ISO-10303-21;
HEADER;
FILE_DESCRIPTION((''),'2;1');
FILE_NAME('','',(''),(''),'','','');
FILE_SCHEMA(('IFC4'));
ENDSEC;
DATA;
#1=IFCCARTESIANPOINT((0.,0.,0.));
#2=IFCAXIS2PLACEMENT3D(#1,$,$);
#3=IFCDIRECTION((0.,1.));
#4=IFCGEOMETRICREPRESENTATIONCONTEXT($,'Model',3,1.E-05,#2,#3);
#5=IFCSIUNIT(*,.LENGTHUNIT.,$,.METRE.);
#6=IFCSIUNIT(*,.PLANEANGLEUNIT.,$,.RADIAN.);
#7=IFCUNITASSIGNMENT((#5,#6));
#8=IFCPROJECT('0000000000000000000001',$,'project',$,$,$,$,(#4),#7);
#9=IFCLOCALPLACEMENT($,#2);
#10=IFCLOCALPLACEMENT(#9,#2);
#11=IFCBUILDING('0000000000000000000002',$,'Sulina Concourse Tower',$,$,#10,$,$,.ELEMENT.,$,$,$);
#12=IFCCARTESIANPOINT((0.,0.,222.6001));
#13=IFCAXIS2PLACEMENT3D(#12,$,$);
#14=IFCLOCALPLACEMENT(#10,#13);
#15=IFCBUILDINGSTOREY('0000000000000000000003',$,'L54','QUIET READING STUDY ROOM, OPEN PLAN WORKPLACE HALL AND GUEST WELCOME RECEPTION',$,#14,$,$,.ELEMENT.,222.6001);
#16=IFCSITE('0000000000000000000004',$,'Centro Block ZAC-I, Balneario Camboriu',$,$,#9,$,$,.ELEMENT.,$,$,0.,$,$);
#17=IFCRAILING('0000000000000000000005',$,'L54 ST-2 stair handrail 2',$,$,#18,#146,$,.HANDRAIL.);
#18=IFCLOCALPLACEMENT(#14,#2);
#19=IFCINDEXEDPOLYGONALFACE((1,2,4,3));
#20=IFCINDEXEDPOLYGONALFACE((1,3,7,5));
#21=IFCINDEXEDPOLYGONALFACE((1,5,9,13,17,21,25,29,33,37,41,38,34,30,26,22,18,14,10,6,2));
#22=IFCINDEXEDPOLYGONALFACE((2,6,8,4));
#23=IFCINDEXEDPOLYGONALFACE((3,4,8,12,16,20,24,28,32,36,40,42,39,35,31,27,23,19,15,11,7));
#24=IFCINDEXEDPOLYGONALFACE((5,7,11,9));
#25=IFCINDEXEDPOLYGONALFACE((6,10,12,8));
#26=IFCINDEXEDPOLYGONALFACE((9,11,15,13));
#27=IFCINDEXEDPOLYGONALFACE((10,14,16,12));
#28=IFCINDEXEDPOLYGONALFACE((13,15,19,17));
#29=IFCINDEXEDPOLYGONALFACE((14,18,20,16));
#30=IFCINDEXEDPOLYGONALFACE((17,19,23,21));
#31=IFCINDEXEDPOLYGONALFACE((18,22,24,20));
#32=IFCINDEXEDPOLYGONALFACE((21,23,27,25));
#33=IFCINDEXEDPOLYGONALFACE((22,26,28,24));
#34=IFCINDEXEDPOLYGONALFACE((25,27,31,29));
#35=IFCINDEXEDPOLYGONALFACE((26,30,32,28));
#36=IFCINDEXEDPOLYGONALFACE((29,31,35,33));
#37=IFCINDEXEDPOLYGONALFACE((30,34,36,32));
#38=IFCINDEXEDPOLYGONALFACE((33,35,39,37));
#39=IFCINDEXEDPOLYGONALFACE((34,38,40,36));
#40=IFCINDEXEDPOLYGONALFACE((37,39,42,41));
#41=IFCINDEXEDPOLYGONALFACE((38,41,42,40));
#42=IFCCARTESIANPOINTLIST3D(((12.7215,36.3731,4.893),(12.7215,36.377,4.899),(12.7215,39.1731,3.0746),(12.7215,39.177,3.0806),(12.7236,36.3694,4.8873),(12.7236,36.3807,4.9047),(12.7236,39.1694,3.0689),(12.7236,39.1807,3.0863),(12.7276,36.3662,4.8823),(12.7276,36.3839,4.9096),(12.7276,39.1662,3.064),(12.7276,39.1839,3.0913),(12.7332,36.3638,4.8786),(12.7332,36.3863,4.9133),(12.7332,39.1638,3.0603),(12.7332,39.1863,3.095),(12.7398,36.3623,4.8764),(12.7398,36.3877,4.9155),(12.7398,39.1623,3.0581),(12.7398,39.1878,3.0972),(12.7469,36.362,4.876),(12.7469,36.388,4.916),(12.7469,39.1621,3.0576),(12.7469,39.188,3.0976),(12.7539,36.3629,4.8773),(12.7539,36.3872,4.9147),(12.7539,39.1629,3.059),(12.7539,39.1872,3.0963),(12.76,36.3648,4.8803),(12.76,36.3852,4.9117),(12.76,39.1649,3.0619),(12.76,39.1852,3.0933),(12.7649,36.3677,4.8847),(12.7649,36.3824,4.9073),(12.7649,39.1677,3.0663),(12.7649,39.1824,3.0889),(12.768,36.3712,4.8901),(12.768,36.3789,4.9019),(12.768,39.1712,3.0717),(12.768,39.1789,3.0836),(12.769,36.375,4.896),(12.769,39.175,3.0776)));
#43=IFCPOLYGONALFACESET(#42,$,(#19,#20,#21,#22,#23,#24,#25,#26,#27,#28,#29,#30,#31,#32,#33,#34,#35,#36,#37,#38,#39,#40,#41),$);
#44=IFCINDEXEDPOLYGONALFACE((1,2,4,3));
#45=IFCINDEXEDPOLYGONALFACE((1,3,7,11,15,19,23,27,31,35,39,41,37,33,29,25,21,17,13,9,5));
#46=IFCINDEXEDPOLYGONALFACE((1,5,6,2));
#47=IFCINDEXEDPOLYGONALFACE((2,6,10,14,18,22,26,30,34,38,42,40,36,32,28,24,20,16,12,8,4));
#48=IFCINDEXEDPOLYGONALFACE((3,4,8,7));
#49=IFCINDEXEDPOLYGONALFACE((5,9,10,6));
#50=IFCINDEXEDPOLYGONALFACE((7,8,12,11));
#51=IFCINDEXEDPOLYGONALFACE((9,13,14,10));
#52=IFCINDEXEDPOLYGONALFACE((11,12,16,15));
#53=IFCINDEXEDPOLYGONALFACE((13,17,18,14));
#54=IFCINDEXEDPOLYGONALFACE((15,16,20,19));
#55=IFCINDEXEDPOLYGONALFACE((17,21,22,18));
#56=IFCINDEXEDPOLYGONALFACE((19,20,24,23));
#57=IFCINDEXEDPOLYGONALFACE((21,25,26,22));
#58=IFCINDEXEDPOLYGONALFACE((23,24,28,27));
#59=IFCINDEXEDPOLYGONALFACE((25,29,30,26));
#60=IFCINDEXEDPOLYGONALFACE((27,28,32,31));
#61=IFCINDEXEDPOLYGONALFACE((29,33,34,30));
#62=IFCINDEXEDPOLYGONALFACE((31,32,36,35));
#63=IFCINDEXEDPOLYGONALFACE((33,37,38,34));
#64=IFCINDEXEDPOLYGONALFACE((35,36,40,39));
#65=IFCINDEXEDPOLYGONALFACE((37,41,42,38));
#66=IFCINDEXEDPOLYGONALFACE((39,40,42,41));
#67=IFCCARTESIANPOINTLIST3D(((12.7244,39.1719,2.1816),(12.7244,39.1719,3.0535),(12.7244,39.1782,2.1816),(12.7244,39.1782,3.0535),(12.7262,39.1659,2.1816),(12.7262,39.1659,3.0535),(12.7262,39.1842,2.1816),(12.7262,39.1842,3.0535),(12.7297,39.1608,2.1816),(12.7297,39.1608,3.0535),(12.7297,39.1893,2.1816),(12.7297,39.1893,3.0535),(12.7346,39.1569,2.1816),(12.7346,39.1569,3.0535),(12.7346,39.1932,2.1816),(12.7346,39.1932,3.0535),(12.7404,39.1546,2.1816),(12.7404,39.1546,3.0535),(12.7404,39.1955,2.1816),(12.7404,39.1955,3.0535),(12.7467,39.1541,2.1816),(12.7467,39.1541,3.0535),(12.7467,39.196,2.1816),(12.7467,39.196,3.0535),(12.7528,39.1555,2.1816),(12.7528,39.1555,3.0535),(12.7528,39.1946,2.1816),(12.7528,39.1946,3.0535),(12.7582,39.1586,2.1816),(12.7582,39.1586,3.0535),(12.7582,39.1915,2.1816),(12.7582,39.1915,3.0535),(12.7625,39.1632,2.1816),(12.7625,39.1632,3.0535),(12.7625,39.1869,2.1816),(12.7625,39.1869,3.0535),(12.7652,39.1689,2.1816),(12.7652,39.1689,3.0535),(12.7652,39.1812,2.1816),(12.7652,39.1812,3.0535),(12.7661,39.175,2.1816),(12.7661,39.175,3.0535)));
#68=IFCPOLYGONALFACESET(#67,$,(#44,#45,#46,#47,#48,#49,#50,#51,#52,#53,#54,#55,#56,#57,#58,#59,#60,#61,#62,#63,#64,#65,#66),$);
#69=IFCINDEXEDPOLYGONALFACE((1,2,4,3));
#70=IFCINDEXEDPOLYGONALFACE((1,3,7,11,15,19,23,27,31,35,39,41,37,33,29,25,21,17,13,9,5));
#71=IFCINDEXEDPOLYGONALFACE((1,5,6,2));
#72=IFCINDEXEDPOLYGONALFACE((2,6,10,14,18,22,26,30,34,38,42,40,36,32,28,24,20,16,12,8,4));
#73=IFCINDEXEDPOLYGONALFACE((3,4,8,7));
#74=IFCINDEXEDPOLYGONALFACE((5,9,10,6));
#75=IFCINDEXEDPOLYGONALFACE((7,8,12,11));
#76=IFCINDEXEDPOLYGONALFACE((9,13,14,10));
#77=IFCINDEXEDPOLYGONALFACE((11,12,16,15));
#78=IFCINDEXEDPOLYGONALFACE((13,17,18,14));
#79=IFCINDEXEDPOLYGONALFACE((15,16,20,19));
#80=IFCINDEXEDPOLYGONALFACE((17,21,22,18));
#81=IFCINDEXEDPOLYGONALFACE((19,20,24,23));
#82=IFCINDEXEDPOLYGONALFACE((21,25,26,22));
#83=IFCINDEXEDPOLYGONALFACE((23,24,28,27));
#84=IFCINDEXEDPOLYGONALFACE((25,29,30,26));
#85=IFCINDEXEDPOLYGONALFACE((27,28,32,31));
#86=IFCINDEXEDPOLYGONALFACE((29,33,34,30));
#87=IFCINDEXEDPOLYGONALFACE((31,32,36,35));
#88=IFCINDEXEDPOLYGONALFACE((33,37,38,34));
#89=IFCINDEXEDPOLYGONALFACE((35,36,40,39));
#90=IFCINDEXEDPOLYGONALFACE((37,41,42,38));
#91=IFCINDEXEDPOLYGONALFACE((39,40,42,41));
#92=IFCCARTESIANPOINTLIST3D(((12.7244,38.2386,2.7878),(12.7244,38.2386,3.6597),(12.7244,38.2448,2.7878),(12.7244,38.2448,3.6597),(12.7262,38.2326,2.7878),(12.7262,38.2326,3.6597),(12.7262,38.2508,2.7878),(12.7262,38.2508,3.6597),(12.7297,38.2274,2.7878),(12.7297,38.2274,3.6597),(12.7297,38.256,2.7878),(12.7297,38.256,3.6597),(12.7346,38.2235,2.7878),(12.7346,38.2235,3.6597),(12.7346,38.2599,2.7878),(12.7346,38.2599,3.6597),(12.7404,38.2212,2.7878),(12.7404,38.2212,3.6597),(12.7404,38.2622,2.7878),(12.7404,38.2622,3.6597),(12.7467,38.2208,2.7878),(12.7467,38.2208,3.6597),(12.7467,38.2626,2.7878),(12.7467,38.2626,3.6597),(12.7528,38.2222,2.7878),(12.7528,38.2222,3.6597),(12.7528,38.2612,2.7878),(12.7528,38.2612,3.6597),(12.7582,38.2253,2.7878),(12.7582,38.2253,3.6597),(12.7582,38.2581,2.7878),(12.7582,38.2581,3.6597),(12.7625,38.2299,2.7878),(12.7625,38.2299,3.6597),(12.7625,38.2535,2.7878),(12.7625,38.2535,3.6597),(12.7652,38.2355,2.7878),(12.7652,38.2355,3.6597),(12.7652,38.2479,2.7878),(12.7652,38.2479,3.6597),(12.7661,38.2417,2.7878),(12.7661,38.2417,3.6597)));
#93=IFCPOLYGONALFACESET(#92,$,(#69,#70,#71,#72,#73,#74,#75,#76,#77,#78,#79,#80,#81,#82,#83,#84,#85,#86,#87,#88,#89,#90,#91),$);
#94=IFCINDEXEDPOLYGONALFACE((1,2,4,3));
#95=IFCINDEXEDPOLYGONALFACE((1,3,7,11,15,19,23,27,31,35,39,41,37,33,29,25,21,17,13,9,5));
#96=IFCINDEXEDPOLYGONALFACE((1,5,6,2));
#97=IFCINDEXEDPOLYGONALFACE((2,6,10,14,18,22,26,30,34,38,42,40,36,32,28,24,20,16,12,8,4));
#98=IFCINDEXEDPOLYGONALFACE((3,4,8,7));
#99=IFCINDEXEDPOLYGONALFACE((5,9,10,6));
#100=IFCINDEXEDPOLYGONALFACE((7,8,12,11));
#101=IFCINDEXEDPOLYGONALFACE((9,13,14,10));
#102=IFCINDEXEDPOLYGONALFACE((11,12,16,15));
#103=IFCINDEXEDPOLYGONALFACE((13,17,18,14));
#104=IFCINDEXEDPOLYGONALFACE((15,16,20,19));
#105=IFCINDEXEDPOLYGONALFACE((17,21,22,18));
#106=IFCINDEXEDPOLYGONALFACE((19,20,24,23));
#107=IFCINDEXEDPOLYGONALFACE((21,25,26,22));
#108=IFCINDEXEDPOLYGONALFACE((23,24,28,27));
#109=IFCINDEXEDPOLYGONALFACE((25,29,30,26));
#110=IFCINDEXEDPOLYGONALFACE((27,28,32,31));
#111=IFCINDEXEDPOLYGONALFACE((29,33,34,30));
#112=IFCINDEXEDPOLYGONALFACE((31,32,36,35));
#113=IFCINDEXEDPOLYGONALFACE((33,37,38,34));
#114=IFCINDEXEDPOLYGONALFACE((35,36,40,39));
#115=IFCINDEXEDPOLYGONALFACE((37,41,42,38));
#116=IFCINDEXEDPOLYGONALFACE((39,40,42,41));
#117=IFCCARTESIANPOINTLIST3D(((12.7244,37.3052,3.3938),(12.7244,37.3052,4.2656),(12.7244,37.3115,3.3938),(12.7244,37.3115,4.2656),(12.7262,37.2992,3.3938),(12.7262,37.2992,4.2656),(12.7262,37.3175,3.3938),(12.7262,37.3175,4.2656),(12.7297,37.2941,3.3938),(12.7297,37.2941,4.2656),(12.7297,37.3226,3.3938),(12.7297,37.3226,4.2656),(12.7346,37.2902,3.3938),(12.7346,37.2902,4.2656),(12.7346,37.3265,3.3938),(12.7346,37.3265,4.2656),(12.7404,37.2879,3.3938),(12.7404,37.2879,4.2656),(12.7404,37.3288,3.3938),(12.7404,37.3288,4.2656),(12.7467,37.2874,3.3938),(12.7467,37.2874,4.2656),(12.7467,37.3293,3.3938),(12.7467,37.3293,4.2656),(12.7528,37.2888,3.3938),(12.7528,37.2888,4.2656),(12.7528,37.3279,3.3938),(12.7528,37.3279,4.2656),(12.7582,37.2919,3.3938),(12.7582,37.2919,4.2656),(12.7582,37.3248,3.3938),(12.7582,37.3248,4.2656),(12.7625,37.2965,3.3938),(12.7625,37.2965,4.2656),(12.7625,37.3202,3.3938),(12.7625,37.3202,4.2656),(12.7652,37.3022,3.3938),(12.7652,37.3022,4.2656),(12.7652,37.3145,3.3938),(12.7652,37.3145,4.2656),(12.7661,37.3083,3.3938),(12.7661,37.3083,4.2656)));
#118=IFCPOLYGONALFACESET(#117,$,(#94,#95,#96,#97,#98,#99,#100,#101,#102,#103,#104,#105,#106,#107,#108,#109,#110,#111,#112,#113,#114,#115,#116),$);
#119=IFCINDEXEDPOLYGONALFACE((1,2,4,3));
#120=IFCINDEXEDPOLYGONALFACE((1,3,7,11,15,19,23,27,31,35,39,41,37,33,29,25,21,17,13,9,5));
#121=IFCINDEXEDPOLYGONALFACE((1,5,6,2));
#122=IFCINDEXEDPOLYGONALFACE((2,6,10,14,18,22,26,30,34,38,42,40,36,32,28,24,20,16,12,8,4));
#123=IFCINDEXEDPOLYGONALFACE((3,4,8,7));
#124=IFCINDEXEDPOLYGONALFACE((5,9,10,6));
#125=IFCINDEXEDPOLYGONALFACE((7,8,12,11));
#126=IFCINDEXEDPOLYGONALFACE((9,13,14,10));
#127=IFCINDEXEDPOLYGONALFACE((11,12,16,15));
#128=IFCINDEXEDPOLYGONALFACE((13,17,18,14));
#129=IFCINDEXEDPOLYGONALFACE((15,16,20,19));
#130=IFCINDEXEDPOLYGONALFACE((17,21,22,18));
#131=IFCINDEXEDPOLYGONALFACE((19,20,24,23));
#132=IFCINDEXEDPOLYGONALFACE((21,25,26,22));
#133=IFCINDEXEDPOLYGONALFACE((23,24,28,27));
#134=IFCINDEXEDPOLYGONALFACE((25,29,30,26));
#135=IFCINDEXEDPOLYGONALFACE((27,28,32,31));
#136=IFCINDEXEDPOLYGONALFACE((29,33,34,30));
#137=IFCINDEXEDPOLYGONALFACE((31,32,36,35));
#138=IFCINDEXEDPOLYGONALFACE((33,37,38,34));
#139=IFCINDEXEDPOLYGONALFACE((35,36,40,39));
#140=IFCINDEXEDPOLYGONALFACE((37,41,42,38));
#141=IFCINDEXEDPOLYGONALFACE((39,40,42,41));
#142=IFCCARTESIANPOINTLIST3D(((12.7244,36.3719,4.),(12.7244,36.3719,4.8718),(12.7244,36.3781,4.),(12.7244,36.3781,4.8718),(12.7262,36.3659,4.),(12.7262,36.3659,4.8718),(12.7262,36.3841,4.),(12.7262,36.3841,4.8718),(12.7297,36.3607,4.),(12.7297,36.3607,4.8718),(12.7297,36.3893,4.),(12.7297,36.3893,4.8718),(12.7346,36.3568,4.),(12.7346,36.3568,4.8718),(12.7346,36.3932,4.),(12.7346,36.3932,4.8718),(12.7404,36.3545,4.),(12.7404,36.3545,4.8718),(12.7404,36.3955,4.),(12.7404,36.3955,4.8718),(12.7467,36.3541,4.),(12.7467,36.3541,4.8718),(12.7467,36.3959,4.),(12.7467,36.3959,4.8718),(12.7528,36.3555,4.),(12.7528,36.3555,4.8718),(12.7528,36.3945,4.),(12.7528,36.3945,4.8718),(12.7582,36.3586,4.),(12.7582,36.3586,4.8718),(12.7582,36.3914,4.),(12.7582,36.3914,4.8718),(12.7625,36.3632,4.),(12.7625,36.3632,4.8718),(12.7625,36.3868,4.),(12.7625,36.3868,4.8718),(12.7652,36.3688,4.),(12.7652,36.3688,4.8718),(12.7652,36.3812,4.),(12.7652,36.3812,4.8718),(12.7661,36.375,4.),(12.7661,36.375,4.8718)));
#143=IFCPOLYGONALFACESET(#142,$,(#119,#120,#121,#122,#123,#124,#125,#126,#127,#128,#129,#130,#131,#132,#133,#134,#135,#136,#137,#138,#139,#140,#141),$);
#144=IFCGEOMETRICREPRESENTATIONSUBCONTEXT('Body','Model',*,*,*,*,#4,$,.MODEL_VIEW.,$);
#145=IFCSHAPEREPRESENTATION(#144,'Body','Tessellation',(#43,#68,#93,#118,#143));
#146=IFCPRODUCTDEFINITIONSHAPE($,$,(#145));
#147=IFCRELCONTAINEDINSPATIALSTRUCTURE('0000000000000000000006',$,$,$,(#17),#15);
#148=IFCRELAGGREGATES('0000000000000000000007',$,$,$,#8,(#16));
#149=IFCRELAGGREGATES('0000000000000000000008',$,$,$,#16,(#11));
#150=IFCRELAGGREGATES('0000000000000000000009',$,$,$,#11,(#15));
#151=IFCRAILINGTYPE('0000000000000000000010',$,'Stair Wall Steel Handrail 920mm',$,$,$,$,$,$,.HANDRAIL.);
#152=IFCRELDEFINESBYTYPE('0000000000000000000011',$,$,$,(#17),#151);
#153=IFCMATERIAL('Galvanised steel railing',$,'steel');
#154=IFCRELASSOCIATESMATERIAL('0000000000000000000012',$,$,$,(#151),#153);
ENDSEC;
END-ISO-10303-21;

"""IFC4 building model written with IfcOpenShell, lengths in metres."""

from ifc_helpers import new_model, si_unit, direction, frame, origin, origin_2d, place, context, subcontext, project, spatial, circle, extrude, material, type_object, element, save


model = new_model("IFC4")

# Units and contexts
model_context = context("Model", 3, precision=1e-05, world=origin(), true_north=direction((0.0, 1.0)))
body_context = subcontext(model_context, "Body", "Model", "MODEL_VIEW")
ifc_project = project(units=[si_unit("LENGTHUNIT", "METRE"), si_unit("PLANEANGLEUNIT", "RADIAN")], contexts=[model_context])

# Site, building, storey
site_placement = place(None, origin())
site = spatial("IfcSite", under=ifc_project, at=site_placement, Name="Centro Block ZAC-I, Balneario Camboriu", CompositionType="ELEMENT", RefElevation=0.0)
building_placement = place(site_placement, origin())
building = spatial("IfcBuilding", under=site, at=building_placement, Name="Sulina Concourse Tower", CompositionType="ELEMENT")
storey_placement = place(building_placement, frame((0.0, 0.0, 222.6001)))
storey = spatial("IfcBuildingStorey", under=building, at=storey_placement, Name="L54", Description="QUIET READING STUDY ROOM, OPEN PLAN WORKPLACE HALL AND GUEST WELCOME RECEPTION", CompositionType="ELEMENT", Elevation=222.6001)

# Railing
ifc_material_1 = material(Name="Galvanised steel railing", Category="steel")
railing_type_1 = type_object("IfcRailingType", Name="Stair Wall Steel Handrail 920mm", PredefinedType="HANDRAIL", material=ifc_material_1)
railing_1_placement = place(storey_placement, frame((12.7451, 39.175, 2.1816)))
element("IfcRailing", 1, at=railing_1_placement, inside=storey, type_object=railing_type_1, Name="L54 ST-2 stair handrail 2", PredefinedType="HANDRAIL", context=body_context, shape_type="SweptSolid", body=[
    extrude(circle(Radius=0.0239, at=origin_2d()), frame((0.0, 0.0, 0.896), z_axis=(0.0, -0.838672, 0.544636), x_axis=(1.0, 0.0, 0.0)), (0.0, 0.0, 1.0), 3.3386),
    extrude(circle(Radius=0.021, at=origin_2d()), origin(), (0.0, 0.0, 1.0), 0.8718),
    extrude(circle(Radius=0.021, at=origin_2d()), frame((0.0, -0.9333, 0.6062)), (0.0, 0.0, 1.0), 0.8718),
    extrude(circle(Radius=0.021, at=origin_2d()), frame((0.0, -1.8667, 1.2122)), (0.0, 0.0, 1.0), 0.8718),
    extrude(circle(Radius=0.021, at=origin_2d()), frame((0.0, -2.8, 1.8184)), (0.0, 0.0, 1.0), 0.8718),
])

save(model, "model.ifc")
